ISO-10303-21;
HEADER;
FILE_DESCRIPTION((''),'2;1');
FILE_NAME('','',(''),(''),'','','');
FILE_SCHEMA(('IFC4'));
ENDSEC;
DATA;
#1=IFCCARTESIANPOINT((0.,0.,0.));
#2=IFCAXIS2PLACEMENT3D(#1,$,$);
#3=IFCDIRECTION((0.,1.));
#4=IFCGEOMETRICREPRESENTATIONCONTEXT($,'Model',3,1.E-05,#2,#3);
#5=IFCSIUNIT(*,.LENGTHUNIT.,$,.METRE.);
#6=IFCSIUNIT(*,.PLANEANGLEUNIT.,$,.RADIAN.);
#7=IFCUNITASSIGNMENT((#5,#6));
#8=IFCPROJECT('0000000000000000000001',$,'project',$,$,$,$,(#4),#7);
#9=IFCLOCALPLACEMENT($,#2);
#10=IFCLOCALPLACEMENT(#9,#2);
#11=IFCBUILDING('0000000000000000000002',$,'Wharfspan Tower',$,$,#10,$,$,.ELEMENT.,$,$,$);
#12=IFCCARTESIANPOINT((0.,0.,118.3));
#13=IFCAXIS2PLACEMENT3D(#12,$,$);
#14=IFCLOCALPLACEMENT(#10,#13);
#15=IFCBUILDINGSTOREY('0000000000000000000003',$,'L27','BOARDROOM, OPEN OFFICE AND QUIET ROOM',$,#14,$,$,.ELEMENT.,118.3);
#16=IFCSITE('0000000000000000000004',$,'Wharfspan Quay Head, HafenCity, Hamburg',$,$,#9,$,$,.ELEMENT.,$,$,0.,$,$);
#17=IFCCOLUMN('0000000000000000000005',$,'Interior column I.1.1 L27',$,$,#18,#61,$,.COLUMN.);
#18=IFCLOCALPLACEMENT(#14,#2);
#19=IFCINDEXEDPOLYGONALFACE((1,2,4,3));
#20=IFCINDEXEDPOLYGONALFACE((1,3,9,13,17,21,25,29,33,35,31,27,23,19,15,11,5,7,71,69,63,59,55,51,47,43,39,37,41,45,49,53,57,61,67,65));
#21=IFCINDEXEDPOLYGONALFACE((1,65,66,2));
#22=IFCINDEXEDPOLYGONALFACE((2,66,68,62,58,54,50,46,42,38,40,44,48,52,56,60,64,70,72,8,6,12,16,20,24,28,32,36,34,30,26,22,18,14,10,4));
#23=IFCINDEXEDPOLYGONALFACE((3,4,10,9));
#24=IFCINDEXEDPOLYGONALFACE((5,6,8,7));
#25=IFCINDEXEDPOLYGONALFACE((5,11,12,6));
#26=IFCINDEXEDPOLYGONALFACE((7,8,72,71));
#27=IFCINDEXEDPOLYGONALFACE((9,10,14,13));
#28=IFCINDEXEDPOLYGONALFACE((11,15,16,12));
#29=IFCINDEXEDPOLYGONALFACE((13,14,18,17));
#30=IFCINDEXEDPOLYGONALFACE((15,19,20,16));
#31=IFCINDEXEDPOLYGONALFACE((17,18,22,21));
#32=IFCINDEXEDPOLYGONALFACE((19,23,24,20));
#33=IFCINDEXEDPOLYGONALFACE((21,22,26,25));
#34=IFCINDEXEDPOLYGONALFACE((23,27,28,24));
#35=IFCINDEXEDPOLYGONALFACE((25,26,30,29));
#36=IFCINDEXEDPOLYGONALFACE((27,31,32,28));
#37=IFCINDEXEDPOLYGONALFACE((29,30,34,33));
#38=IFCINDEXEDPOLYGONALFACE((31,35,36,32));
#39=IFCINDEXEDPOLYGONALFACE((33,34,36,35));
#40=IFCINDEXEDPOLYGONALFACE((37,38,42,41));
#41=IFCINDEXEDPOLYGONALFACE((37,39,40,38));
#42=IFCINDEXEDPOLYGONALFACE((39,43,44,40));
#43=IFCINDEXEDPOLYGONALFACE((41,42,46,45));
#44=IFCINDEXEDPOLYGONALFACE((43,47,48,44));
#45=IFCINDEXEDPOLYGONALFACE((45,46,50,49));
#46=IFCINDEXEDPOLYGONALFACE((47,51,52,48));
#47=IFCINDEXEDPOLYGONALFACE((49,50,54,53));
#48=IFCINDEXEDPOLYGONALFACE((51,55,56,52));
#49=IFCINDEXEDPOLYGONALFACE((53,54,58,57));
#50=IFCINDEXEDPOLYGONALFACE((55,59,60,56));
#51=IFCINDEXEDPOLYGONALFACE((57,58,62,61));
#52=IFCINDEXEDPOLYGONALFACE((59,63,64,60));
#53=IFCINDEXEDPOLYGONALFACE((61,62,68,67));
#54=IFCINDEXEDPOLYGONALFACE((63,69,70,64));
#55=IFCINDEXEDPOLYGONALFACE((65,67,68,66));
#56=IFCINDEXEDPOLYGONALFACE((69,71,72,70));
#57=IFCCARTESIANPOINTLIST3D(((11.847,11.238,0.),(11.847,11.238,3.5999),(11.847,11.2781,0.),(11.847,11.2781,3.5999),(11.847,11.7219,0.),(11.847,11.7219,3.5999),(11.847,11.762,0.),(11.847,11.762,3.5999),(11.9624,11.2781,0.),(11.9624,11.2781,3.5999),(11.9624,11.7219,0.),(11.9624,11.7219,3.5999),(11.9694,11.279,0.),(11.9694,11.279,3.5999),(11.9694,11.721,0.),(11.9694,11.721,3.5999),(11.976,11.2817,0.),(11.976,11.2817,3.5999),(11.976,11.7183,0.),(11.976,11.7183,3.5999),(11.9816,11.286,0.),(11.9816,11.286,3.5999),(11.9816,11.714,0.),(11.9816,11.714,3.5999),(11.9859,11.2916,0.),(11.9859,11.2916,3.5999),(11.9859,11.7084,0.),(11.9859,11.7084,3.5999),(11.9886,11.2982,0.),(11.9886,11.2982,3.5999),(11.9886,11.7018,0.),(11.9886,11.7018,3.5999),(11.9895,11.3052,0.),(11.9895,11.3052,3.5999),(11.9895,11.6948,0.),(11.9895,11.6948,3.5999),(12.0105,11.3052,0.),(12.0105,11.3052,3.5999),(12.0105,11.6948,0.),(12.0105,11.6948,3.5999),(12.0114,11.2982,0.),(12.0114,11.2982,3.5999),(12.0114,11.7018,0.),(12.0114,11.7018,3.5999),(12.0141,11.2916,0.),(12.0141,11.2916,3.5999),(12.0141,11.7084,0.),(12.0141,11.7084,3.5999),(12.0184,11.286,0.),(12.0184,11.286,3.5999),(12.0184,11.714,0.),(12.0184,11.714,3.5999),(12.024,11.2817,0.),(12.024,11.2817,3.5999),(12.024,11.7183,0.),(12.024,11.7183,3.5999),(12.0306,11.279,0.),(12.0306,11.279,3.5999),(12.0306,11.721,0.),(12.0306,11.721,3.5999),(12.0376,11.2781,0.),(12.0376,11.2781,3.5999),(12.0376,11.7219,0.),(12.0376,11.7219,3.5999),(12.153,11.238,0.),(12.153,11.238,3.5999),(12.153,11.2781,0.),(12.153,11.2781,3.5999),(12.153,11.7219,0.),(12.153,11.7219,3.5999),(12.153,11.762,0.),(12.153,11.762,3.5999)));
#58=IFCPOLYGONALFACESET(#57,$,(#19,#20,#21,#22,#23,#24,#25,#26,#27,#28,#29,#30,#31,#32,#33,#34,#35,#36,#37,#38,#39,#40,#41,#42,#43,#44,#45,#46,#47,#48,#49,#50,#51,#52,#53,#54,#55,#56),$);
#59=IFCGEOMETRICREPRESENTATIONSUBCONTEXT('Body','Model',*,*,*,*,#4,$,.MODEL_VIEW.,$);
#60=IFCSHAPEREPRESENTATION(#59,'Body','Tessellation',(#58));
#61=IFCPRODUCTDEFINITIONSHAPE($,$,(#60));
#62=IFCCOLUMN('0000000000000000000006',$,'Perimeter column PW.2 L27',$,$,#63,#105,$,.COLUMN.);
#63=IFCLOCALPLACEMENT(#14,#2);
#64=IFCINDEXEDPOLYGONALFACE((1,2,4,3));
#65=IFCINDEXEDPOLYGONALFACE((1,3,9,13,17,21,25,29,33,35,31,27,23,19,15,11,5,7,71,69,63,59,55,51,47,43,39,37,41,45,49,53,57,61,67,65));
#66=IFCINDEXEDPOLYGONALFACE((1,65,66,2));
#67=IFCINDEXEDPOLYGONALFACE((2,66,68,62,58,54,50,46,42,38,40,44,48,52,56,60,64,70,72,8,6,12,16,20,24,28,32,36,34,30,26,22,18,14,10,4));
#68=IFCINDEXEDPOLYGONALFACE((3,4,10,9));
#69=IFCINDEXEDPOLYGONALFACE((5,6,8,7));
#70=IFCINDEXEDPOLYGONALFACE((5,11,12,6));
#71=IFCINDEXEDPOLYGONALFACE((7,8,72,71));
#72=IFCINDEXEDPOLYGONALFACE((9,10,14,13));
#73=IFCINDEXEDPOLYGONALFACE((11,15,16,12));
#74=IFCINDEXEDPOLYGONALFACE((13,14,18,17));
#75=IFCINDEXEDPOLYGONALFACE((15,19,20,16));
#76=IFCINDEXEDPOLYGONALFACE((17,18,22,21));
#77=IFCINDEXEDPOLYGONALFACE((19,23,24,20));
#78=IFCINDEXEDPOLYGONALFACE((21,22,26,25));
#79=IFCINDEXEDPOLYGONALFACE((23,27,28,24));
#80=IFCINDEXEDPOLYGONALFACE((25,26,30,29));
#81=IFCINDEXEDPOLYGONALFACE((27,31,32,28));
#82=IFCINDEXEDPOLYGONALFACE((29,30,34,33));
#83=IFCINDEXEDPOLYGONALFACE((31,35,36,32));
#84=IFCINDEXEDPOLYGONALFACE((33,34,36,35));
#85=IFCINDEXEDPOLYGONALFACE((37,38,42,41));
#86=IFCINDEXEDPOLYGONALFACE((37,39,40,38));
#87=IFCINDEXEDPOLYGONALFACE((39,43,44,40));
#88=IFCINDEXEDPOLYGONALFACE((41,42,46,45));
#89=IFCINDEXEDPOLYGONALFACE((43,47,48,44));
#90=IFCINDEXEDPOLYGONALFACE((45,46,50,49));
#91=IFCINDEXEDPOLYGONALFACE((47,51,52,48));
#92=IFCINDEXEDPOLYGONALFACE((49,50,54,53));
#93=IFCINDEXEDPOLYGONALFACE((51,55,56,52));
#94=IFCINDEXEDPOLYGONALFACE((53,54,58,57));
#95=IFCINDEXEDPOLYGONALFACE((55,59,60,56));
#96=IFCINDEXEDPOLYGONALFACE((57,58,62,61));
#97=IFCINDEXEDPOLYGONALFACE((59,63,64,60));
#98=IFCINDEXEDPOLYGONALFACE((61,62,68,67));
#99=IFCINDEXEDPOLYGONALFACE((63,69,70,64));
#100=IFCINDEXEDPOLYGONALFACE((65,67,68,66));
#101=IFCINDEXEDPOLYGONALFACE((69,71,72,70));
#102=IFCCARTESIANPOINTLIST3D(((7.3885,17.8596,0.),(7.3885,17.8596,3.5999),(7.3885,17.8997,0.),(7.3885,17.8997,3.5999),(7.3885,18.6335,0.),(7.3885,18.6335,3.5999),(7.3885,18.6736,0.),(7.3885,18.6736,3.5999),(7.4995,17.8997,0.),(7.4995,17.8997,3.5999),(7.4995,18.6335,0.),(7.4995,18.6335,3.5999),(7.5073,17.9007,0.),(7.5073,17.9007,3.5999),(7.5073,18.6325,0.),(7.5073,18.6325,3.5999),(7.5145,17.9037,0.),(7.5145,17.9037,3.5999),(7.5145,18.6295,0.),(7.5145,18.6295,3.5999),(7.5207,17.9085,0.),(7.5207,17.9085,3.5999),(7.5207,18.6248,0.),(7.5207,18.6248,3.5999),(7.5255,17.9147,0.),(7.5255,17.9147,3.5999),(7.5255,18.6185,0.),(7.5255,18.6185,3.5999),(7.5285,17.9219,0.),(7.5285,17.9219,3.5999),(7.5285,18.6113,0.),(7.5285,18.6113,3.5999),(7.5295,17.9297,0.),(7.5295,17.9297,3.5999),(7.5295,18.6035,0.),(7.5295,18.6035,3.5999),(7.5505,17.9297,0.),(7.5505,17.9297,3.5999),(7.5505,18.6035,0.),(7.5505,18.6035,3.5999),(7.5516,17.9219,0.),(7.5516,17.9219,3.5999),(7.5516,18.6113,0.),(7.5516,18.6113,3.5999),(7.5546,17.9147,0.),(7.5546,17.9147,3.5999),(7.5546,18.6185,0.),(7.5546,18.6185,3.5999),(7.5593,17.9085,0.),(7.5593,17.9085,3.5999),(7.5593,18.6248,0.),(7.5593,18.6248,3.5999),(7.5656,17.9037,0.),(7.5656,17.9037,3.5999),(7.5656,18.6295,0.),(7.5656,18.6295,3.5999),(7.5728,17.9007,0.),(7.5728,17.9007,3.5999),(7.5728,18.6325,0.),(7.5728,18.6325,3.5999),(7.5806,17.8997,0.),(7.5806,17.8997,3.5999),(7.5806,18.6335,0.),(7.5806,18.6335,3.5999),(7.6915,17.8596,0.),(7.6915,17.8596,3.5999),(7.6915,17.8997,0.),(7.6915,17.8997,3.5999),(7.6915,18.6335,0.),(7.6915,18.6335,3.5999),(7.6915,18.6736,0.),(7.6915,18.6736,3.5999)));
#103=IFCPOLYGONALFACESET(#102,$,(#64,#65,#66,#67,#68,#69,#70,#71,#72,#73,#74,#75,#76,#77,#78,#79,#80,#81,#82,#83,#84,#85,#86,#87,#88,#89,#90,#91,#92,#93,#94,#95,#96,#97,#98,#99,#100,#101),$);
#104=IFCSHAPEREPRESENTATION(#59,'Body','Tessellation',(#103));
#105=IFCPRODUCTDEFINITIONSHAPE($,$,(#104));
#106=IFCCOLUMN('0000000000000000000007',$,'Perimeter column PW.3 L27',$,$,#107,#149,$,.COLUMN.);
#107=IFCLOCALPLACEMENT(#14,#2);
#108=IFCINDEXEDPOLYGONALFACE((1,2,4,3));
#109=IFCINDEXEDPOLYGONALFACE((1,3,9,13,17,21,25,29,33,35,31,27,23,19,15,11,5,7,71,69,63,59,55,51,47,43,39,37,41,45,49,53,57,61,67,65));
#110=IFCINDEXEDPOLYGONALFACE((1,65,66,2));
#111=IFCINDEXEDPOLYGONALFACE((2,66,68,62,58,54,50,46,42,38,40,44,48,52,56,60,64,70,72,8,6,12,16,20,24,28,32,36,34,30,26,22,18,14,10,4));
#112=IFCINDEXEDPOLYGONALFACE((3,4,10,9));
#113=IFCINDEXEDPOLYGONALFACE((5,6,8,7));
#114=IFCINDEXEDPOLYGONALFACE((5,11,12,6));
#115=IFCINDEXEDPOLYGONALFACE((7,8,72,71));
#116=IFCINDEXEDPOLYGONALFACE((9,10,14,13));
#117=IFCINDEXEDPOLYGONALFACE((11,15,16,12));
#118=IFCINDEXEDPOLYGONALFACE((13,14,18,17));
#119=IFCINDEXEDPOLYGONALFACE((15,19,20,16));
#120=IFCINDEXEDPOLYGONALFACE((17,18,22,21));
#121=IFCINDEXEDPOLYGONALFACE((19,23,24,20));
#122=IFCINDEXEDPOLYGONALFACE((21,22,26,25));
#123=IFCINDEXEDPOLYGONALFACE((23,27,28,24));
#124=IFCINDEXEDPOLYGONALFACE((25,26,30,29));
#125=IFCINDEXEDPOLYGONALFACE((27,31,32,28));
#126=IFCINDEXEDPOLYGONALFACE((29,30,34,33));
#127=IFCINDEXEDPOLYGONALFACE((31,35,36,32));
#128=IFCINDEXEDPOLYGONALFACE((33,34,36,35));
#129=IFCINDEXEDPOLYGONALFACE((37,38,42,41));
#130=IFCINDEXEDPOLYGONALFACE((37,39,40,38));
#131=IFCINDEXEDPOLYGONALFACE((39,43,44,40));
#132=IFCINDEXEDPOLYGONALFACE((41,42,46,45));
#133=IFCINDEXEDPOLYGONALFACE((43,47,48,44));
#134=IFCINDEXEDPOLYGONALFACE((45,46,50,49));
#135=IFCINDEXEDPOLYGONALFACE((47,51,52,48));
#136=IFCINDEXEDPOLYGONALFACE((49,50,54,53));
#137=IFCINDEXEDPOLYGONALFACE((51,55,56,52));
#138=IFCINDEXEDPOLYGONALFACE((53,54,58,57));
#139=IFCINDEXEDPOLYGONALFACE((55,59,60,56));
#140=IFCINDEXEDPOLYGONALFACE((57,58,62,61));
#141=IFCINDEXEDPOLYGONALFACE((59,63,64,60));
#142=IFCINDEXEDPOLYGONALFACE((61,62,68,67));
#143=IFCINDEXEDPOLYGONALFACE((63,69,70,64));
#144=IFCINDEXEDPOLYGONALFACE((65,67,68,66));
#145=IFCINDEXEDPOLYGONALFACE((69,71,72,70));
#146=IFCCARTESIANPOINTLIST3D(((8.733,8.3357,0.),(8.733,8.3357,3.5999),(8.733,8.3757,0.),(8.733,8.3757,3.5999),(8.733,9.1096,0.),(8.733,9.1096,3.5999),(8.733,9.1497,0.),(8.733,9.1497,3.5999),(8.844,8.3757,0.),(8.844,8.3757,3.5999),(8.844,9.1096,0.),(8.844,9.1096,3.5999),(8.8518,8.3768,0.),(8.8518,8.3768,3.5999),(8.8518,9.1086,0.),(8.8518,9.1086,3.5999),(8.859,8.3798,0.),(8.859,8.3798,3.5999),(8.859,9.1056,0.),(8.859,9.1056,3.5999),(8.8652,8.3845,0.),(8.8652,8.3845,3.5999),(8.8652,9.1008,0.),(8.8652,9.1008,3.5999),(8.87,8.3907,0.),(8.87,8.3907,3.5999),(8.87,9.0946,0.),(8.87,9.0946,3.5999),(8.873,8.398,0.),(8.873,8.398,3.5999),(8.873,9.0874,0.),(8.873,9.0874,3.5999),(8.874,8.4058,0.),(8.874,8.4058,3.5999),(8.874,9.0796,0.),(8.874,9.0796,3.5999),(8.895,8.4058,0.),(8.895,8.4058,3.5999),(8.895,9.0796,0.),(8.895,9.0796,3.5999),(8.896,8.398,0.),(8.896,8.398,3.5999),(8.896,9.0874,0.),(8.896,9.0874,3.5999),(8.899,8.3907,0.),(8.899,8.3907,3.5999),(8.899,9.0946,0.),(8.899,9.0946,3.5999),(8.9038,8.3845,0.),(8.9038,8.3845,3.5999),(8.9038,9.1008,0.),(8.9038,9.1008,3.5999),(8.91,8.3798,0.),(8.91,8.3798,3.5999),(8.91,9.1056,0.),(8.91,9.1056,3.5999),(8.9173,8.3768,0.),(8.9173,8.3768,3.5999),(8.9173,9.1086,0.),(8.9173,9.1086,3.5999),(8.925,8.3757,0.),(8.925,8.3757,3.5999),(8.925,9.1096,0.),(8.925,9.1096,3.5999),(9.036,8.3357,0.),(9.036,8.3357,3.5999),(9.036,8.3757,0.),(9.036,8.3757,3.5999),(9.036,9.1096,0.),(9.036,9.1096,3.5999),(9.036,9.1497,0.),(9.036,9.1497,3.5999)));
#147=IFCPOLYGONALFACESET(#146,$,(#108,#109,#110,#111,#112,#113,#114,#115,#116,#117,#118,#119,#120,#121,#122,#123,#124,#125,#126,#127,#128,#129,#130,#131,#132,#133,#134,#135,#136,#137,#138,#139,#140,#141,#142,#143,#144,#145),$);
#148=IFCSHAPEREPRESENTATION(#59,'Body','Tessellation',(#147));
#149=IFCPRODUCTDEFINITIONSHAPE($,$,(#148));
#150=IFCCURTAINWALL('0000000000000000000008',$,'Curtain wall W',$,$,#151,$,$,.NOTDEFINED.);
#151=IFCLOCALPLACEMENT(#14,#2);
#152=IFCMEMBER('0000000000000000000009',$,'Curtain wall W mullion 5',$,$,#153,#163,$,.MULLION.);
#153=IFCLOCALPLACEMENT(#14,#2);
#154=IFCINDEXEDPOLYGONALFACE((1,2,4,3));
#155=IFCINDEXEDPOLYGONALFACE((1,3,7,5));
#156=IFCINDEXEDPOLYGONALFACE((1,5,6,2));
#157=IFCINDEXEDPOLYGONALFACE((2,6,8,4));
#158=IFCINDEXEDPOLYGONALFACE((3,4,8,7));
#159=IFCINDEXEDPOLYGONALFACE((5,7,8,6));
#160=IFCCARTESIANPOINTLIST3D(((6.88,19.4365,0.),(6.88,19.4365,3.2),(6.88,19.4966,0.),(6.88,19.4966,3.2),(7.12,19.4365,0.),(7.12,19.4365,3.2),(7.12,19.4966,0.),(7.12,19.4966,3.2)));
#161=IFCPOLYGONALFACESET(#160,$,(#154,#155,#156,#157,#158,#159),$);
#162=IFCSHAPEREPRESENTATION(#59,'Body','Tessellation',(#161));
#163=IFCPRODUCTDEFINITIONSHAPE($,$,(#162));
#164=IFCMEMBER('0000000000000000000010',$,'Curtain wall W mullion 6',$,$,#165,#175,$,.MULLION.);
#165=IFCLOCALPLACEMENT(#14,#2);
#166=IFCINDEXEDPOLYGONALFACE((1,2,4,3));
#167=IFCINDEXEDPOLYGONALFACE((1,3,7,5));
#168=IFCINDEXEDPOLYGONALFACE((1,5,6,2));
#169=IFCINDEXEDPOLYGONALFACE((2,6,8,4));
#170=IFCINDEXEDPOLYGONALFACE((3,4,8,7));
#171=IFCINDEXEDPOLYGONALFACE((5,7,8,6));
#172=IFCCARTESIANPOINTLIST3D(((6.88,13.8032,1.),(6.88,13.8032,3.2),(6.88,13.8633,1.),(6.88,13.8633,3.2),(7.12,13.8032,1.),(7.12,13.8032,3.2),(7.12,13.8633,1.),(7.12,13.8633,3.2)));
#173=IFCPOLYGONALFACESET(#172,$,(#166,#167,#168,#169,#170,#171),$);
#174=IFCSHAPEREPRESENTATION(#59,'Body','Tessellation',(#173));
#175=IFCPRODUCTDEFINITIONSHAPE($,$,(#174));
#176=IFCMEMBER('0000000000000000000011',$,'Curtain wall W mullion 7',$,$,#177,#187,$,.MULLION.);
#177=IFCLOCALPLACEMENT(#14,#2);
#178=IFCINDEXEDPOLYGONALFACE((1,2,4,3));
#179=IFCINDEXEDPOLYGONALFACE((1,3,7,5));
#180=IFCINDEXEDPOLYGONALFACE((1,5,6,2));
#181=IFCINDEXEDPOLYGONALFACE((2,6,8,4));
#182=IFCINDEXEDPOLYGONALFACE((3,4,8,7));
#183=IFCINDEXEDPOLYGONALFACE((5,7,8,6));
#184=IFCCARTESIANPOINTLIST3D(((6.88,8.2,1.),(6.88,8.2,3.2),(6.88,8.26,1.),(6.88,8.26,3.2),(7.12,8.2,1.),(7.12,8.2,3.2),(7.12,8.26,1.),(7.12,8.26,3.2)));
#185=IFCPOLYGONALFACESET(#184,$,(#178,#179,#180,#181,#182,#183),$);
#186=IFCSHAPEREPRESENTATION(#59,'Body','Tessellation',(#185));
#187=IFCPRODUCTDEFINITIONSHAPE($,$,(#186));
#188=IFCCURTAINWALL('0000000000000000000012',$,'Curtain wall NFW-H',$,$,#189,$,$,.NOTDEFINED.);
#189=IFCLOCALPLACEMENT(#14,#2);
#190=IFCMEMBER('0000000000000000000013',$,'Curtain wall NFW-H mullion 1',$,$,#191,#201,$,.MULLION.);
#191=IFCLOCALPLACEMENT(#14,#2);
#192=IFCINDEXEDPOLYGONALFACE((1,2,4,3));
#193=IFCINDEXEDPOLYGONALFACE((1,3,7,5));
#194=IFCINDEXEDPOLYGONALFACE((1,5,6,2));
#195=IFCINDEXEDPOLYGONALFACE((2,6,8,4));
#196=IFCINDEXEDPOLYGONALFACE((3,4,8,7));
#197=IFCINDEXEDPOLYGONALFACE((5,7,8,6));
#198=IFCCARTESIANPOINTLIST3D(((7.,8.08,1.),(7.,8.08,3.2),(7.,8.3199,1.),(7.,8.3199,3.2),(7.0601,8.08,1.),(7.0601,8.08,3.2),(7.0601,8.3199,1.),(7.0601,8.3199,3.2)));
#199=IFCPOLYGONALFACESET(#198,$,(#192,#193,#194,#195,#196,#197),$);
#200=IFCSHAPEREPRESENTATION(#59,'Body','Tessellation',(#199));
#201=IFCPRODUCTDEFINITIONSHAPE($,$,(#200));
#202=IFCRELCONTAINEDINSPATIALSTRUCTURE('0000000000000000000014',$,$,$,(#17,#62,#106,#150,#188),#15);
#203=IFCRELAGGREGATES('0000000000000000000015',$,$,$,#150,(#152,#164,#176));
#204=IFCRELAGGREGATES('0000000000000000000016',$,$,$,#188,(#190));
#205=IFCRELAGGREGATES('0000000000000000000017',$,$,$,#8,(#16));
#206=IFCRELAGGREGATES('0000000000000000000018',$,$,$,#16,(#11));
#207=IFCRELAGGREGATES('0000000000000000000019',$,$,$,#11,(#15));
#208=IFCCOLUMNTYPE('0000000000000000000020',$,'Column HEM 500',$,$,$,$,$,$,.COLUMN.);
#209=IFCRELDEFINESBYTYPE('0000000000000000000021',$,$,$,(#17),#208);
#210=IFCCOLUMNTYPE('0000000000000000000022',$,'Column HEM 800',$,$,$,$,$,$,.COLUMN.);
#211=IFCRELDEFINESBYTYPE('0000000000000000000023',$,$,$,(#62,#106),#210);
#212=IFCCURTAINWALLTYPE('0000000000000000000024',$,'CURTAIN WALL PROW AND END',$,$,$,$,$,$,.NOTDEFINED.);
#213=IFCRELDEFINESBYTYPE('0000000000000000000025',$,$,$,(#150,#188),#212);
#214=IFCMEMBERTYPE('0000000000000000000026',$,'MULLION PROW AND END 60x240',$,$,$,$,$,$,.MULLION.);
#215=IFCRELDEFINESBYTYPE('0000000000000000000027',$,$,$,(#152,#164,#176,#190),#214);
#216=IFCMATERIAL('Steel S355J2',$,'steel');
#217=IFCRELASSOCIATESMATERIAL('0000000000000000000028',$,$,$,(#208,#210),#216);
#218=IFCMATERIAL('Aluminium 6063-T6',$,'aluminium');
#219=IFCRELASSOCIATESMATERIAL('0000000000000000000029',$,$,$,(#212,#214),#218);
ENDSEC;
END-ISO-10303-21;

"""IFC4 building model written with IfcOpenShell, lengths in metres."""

from ifc_helpers import new_model, si_unit, direction, frame, origin, origin_2d, place, context, subcontext, project, spatial, rectangle, i_section, extrude, material, material_profile, profile_set, type_object, element, aggregate, save


model = new_model("IFC4")

# Units and contexts
model_context = context("Model", 3, precision=1e-05, world=origin(), true_north=direction((0.0, 1.0)))
body_context = subcontext(model_context, "Body", "Model", "MODEL_VIEW")
ifc_project = project(units=[si_unit("LENGTHUNIT", "METRE"), si_unit("PLANEANGLEUNIT", "RADIAN")], contexts=[model_context])

# Site, building, storey
site_placement = place(None, origin())
site = spatial("IfcSite", under=ifc_project, at=site_placement, Name="Wharfspan Quay Head, HafenCity, Hamburg", CompositionType="ELEMENT", RefElevation=0.0)
building_placement = place(site_placement, origin())
building = spatial("IfcBuilding", under=site, at=building_placement, Name="Wharfspan Tower", CompositionType="ELEMENT")
storey_placement = place(building_placement, frame((0.0, 0.0, 118.3)))
storey = spatial("IfcBuildingStorey", under=building, at=storey_placement, Name="L27", Description="BOARDROOM, OPEN OFFICE AND QUIET ROOM", CompositionType="ELEMENT", Elevation=118.3)

# Columns
ifc_material_1 = material(Name="Steel S355J2", Category="steel")
ifc_material_profile_1 = material_profile(ifc_material_1, i_section(OverallWidth=0.3059, OverallDepth=0.5239, WebThickness=0.021, FlangeThickness=0.04, FilletRadius=0.0271, at=origin_2d()))
ifc_profile_set_1 = profile_set([ifc_material_profile_1], Name="Steel S355J2")
column_type_1 = type_object("IfcColumnType", Name="Column HEM 500", PredefinedType="COLUMN", material=ifc_profile_set_1)
column_placement = place(storey_placement, frame((12.0, 11.5, 0.0), z_axis=(0.0, 0.0, 1.0), x_axis=(1.0, 0.0, 0.0)))
element("IfcColumn", 1, at=column_placement, inside=storey, type_object=column_type_1, Name="Interior column I.1.1 L27", PredefinedType="COLUMN", context=body_context, shape_type="SweptSolid", body=[
    extrude(i_section(OverallWidth=0.3059, OverallDepth=0.5239, WebThickness=0.021, FlangeThickness=0.04, FilletRadius=0.0271, at=origin_2d()), origin(), (0.0, 0.0, 1.0), 3.5999),
])
ifc_material_profile_2 = material_profile(ifc_material_1, i_section(OverallWidth=0.303, OverallDepth=0.814, WebThickness=0.021, FlangeThickness=0.04, FilletRadius=0.03, at=origin_2d()))
ifc_profile_set_2 = profile_set([ifc_material_profile_2], Name="Steel S355J2")
column_type_2 = type_object("IfcColumnType", Name="Column HEM 800", PredefinedType="COLUMN", material=ifc_profile_set_2)
for number, where, z_axis, x_axis, name in (
    (2, (7.54, 18.2666, 0.0), (0.0, 0.0, 1.0), (-1.0, 0.0, 0.0), "Perimeter column PW.2 L27"),
    (3, (8.8845, 8.7427, 0.0), (0.0, 0.0, 1.0), (-1.0, 0.0, 0.0), "Perimeter column PW.3 L27"),
):
    element("IfcColumn", number, at=place(storey_placement, frame(where, z_axis=z_axis, x_axis=x_axis)), inside=storey, type_object=column_type_2, Name=name, PredefinedType="COLUMN", context=body_context, shape_type="SweptSolid", body=[
        extrude(i_section(OverallWidth=0.303, OverallDepth=0.814, WebThickness=0.021, FlangeThickness=0.04, FilletRadius=0.03, at=origin_2d()), origin(), (0.0, 0.0, 1.0), 3.5999),
    ])

# Curtain walls, members
ifc_material_2 = material(Name="Aluminium 6063-T6", Category="aluminium")
curtain_wall_type = type_object("IfcCurtainWallType", Name="CURTAIN WALL PROW AND END", PredefinedType="NOTDEFINED", material=ifc_material_2)
curtain_wall_1_placement = place(storey_placement, origin())
curtain_wall_1 = element("IfcCurtainWall", 4, at=curtain_wall_1_placement, inside=storey, type_object=curtain_wall_type, Name="Curtain wall W", PredefinedType="NOTDEFINED")
ifc_material_profile_3 = material_profile(ifc_material_2, rectangle(XDim=0.24, YDim=0.0601, at=origin_2d()))
ifc_profile_set_3 = profile_set([ifc_material_profile_3], Name="Aluminium 6063-T6")
member_type_1 = type_object("IfcMemberType", Name="MULLION PROW AND END 60x240", PredefinedType="MULLION", material=ifc_profile_set_3)
member_1_placement = place(storey_placement, frame((7.0, 19.4666, 0.0), z_axis=(0.0, 0.0, 1.0), x_axis=(1.0, 0.0, 0.0)))
member_1 = element("IfcMember", 5, at=member_1_placement, type_object=member_type_1, Name="Curtain wall W mullion 5", PredefinedType="MULLION", context=body_context, shape_type="SweptSolid", body=[
    extrude(rectangle(XDim=0.24, YDim=0.0601, at=origin_2d()), origin(), (0.0, 0.0, 1.0), 3.2),
])
member_2_placement = place(storey_placement, frame((7.0, 13.8333, 1.0), z_axis=(0.0, 0.0, 1.0), x_axis=(1.0, 0.0, 0.0)))
member_2 = element("IfcMember", 6, at=member_2_placement, type_object=member_type_1, Name="Curtain wall W mullion 6", PredefinedType="MULLION", context=body_context, shape_type="SweptSolid", body=[
    extrude(rectangle(XDim=0.24, YDim=0.0601, at=origin_2d()), origin(), (0.0, 0.0, 1.0), 2.2),
])
member_3_placement = place(storey_placement, frame((7.0, 8.23, 1.0), z_axis=(0.0, 0.0, 1.0), x_axis=(1.0, 0.0, 0.0)))
member_3 = element("IfcMember", 7, at=member_3_placement, type_object=member_type_1, Name="Curtain wall W mullion 7", PredefinedType="MULLION", context=body_context, shape_type="SweptSolid", body=[
    extrude(rectangle(XDim=0.24, YDim=0.0601, at=origin_2d()), origin(), (0.0, 0.0, 1.0), 2.2),
])
curtain_wall_2_placement = place(storey_placement, origin())
curtain_wall_2 = element("IfcCurtainWall", 8, at=curtain_wall_2_placement, inside=storey, type_object=curtain_wall_type, Name="Curtain wall NFW-H", PredefinedType="NOTDEFINED")
member_4_placement = place(storey_placement, frame((7.03, 8.2, 1.0), z_axis=(0.0, 0.0, 1.0), x_axis=(0.0, 1.0, 0.0)))
member_4 = element("IfcMember", 9, at=member_4_placement, type_object=member_type_1, Name="Curtain wall NFW-H mullion 1", PredefinedType="MULLION", context=body_context, shape_type="SweptSolid", body=[
    extrude(rectangle(XDim=0.24, YDim=0.0601, at=origin_2d()), origin(), (0.0, 0.0, 1.0), 2.2),
])

aggregate(curtain_wall_1, [member_1, member_2, member_3])
aggregate(curtain_wall_2, [member_4])

save(model, "model.ifc")
